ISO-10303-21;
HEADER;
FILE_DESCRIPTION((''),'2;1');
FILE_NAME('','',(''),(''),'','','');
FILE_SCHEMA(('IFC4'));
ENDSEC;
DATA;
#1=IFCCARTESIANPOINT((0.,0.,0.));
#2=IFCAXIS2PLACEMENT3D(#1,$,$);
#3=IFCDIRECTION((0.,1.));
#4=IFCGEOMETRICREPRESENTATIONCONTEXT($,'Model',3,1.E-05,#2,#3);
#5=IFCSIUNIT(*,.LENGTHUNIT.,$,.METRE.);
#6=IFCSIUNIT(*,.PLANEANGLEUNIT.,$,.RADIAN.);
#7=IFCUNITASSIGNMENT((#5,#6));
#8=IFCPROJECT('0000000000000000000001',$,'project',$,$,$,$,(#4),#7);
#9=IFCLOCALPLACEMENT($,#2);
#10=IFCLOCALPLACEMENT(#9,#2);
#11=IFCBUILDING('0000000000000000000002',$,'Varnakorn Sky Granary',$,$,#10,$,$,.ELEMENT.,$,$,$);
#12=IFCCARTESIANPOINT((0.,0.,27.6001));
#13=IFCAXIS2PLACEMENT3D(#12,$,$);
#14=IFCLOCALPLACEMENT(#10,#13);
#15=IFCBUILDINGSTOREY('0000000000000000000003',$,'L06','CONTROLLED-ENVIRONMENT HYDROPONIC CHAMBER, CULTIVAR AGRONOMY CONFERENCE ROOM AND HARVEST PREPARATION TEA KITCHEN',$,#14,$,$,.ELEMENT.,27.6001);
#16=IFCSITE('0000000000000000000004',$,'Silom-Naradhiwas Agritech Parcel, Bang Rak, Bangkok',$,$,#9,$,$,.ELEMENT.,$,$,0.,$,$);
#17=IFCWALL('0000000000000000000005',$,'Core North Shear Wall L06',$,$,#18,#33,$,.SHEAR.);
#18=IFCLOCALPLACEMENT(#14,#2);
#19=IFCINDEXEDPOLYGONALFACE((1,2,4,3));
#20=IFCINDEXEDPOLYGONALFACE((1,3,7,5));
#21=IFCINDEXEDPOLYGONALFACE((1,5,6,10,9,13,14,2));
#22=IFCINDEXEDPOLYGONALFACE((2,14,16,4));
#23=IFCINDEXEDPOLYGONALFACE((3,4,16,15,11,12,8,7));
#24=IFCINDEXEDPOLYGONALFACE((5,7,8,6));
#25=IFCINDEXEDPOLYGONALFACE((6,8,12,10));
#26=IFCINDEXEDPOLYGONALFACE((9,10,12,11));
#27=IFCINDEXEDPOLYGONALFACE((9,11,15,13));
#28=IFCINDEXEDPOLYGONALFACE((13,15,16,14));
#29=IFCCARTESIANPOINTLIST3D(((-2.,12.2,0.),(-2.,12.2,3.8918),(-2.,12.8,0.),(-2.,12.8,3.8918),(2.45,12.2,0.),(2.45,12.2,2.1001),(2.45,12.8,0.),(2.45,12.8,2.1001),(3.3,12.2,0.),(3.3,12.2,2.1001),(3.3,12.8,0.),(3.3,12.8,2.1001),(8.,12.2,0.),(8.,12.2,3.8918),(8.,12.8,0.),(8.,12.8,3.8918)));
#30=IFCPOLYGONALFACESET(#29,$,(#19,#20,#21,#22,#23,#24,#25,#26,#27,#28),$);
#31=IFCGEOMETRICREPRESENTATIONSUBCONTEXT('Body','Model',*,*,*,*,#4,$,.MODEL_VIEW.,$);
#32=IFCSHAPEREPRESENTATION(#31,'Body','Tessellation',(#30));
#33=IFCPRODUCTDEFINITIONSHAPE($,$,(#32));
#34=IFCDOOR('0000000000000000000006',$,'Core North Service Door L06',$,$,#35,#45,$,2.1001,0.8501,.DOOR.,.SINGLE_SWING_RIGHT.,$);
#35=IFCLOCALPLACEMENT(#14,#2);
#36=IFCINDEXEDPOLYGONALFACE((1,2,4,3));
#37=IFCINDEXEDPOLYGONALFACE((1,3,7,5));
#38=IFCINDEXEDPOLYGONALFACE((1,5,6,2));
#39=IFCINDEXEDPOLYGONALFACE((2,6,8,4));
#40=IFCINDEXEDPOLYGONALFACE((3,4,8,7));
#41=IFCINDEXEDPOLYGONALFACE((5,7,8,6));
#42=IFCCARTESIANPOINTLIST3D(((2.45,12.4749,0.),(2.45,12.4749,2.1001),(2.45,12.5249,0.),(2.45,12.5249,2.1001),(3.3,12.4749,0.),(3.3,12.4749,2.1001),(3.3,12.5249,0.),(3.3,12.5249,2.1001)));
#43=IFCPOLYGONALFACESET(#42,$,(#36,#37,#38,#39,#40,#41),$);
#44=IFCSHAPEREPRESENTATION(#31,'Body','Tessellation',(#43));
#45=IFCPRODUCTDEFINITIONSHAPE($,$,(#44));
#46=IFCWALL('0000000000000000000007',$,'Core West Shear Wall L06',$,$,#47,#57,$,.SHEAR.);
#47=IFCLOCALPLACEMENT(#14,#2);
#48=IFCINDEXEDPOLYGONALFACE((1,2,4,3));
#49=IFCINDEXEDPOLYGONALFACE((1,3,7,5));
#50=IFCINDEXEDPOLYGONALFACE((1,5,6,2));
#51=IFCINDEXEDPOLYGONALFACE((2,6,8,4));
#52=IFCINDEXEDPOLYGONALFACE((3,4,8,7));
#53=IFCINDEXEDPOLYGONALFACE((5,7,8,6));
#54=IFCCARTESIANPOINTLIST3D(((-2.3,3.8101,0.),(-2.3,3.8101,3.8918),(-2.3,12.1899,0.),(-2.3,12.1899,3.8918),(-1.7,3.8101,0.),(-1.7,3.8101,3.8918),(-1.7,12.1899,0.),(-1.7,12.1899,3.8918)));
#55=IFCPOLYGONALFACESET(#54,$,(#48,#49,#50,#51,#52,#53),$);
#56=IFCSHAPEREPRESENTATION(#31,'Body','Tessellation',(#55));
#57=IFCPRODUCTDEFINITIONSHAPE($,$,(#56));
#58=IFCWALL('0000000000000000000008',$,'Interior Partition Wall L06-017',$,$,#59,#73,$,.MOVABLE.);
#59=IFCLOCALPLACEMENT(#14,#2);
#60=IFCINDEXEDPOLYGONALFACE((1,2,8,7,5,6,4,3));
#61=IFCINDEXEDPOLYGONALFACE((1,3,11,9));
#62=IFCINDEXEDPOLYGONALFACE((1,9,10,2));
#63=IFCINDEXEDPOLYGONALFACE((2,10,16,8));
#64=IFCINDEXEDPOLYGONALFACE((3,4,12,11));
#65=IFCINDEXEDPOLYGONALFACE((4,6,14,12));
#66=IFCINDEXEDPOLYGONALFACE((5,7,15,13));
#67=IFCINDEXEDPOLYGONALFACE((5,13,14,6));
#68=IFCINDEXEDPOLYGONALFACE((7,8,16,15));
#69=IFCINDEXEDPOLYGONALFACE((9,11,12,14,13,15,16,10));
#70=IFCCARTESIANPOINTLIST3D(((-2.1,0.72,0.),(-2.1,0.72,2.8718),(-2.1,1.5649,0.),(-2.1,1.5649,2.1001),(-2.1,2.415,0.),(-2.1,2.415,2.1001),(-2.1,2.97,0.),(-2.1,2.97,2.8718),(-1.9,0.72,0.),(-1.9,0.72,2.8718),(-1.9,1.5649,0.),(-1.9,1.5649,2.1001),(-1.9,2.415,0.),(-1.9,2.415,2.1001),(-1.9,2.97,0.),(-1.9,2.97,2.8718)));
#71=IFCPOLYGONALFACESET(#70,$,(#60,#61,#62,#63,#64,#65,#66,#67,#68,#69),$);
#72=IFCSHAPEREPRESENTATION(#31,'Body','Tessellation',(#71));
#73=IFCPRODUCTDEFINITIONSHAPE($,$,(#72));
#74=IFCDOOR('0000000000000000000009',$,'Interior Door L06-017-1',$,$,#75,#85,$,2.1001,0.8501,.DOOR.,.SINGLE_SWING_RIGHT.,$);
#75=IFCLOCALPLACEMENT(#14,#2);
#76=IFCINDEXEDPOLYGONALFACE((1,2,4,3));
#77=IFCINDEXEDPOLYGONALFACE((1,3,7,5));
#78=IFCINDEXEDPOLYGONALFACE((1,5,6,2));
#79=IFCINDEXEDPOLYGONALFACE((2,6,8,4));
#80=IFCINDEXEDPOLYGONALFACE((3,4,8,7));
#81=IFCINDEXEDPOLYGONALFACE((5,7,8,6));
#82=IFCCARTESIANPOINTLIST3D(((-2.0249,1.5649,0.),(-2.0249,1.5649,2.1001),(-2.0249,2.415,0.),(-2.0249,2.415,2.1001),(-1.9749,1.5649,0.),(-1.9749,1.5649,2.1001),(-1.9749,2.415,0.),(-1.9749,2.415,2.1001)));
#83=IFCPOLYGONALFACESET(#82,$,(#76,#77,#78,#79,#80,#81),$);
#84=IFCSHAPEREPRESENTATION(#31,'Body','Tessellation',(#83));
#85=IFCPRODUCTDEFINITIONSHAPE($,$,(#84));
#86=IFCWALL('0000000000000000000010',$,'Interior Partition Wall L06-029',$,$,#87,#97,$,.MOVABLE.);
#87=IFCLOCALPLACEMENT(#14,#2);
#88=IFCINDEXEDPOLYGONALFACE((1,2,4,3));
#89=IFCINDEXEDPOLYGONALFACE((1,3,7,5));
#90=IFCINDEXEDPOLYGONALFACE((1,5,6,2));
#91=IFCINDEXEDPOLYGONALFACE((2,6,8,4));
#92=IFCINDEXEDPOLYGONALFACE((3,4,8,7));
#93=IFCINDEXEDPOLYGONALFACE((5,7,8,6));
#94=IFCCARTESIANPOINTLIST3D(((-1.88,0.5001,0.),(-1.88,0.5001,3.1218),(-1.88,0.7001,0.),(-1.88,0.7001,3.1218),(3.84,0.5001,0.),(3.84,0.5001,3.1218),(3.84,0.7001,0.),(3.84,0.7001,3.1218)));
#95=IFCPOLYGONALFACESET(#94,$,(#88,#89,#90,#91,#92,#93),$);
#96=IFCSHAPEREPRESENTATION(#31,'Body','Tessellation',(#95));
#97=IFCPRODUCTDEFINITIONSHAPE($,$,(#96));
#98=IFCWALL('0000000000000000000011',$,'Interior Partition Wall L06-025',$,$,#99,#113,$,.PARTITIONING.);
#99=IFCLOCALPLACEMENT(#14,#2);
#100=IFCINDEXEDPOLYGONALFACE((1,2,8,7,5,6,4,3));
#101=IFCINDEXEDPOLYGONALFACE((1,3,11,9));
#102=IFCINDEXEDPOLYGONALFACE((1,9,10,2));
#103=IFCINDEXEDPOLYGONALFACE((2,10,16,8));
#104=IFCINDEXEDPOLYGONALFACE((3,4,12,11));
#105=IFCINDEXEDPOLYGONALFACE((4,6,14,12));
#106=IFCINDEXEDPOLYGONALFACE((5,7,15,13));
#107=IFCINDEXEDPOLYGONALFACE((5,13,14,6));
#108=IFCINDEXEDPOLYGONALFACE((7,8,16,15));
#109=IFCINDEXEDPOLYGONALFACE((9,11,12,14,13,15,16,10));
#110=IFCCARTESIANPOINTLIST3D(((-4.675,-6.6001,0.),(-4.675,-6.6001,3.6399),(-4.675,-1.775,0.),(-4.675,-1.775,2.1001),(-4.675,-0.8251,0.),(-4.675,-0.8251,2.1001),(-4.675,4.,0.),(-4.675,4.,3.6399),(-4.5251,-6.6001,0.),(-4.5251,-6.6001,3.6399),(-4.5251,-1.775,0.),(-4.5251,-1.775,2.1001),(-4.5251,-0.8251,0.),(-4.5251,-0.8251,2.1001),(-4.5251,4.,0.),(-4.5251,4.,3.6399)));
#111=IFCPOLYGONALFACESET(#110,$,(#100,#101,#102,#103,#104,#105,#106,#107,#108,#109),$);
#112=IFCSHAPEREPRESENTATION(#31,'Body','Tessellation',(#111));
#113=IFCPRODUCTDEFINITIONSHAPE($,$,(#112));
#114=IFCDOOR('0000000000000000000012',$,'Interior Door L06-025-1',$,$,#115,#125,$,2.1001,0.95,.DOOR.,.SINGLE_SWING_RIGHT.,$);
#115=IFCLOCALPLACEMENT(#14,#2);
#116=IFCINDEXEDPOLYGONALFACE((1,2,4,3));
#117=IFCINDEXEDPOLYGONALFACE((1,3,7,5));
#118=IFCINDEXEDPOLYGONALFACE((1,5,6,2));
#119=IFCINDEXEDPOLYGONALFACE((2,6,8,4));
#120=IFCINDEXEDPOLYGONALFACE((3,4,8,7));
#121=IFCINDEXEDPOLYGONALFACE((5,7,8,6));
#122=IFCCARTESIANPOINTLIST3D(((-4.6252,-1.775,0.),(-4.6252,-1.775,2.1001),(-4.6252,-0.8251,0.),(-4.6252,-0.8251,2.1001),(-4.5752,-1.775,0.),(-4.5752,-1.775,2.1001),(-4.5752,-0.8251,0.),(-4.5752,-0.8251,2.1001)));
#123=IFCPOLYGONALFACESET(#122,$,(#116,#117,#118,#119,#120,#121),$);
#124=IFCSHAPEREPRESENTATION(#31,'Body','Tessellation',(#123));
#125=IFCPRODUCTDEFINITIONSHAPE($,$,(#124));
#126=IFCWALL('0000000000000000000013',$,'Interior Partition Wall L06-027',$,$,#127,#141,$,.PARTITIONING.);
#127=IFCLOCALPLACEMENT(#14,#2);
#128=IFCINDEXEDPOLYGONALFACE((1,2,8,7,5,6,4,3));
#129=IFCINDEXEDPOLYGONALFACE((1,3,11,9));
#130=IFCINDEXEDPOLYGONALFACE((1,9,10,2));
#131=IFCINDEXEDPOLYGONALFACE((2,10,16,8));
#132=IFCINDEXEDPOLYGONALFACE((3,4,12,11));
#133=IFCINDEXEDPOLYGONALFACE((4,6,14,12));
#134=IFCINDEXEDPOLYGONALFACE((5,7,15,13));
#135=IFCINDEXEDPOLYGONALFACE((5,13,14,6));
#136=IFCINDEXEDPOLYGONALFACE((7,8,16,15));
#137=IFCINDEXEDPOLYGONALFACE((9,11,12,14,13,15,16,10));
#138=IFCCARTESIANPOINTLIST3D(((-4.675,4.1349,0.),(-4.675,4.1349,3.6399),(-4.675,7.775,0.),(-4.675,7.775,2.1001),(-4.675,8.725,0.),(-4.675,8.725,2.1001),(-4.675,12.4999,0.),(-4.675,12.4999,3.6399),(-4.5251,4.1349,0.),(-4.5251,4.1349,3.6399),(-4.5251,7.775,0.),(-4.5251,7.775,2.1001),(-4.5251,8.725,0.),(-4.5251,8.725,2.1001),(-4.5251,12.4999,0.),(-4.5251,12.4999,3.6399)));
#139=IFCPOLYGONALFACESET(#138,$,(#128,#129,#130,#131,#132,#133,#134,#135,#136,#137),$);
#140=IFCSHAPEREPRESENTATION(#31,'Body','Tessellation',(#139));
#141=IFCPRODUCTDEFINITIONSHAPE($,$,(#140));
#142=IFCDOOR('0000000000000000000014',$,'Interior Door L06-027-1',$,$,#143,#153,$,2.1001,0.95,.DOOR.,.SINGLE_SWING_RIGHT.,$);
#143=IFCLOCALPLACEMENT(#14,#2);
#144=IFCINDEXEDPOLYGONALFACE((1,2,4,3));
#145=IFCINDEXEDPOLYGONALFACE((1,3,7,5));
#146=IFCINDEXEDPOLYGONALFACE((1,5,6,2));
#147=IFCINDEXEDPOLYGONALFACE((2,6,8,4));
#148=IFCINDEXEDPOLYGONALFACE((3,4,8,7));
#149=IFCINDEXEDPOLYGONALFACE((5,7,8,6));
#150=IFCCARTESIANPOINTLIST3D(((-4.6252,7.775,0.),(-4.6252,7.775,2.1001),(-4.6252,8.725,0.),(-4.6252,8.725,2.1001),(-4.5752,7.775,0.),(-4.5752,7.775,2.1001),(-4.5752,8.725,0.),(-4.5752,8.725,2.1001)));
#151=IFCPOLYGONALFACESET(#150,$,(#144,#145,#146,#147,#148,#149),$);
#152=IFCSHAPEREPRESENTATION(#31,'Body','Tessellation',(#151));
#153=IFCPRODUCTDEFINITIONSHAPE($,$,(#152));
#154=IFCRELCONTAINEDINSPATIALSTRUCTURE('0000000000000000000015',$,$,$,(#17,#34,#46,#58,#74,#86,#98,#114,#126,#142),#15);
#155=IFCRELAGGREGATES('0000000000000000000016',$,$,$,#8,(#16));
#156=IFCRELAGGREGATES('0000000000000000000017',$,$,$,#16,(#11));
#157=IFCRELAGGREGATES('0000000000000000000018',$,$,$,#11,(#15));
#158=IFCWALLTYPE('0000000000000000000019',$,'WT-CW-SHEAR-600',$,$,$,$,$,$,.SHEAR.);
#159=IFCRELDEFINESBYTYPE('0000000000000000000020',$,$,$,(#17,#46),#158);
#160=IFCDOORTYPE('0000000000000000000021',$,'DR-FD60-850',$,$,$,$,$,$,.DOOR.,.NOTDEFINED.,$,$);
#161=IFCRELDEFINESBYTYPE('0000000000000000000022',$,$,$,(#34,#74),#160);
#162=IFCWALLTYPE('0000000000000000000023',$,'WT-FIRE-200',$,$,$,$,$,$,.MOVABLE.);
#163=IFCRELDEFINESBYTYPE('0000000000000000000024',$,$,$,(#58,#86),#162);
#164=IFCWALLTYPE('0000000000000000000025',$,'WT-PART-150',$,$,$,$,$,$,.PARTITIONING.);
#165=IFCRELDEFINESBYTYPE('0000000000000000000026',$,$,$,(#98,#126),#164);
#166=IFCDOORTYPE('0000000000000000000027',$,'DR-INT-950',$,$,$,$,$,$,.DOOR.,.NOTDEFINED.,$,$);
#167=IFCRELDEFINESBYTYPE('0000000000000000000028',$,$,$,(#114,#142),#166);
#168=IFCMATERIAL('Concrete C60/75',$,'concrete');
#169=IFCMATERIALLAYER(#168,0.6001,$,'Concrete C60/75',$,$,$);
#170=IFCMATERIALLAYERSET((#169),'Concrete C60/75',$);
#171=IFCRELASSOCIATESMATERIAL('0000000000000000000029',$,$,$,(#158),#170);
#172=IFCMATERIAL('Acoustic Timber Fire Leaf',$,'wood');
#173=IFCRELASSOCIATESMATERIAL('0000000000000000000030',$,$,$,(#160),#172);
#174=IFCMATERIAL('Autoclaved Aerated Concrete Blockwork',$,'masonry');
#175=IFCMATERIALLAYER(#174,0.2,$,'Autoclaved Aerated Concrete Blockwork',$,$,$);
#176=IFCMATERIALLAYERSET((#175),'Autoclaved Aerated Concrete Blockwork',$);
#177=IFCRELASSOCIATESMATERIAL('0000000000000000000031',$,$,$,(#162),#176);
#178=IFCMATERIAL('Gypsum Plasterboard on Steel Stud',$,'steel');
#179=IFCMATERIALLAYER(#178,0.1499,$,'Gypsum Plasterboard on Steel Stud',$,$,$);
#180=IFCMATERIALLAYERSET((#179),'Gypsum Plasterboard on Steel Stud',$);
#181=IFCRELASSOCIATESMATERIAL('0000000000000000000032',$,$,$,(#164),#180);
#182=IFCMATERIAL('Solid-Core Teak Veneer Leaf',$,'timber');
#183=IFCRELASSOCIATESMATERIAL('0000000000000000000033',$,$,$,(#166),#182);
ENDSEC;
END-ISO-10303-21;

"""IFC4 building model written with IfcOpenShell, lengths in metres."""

from ifc_helpers import new_model, si_unit, direction, frame, frame_2d, origin, place, context, subcontext, project, spatial, rectangle, extrude, material, layer, layer_set, type_object, element, fill, save


model = new_model("IFC4")

# Units and contexts
model_context = context("Model", 3, precision=1e-05, world=origin(), true_north=direction((0.0, 1.0)))
body_context = subcontext(model_context, "Body", "Model", "MODEL_VIEW")
ifc_project = project(units=[si_unit("LENGTHUNIT", "METRE"), si_unit("PLANEANGLEUNIT", "RADIAN")], contexts=[model_context])

# Site, building, storey
site_placement = place(None, origin())
site = spatial("IfcSite", under=ifc_project, at=site_placement, Name="Silom-Naradhiwas Agritech Parcel, Bang Rak, Bangkok", CompositionType="ELEMENT", RefElevation=0.0)
building_placement = place(site_placement, origin())
building = spatial("IfcBuilding", under=site, at=building_placement, Name="Varnakorn Sky Granary", CompositionType="ELEMENT")
storey_placement = place(building_placement, frame((0.0, 0.0, 27.6001)))
storey = spatial("IfcBuildingStorey", under=building, at=storey_placement, Name="L06", Description="CONTROLLED-ENVIRONMENT HYDROPONIC CHAMBER, CULTIVAR AGRONOMY CONFERENCE ROOM AND HARVEST PREPARATION TEA KITCHEN", CompositionType="ELEMENT", Elevation=27.6001)

# Shared definitions
ifc_material_1 = material(Name="Concrete C60/75", Category="concrete")

# Shared definitions
ifc_layer_1 = layer(ifc_material_1, 0.6001, Name="Concrete C60/75")
ifc_layer_set_1 = layer_set([ifc_layer_1], Name="Concrete C60/75")
wall_type_1 = type_object("IfcWallType", Name="WT-CW-SHEAR-600", PredefinedType="SHEAR", material=ifc_layer_set_1)

# Wall, opening, door
wall_1_placement = place(storey_placement, frame((-2.0, 12.5, 0.0), z_axis=(0.0, 0.0, 1.0), x_axis=(1.0, 0.0, 0.0)))
wall_1 = element("IfcWall", 1, at=wall_1_placement, inside=storey, type_object=wall_type_1, Name="Core North Shear Wall L06", PredefinedType="SHEAR", context=body_context, shape_type="SweptSolid", body=[
    extrude(rectangle(XDim=10.0, YDim=0.6001, at=frame_2d((5.0, 0.0))), origin(), (0.0, 0.0, 1.0), 3.8918),
])
opening_1_placement = place(wall_1_placement, frame((4.45, 0.0, 0.0)))
opening_1 = element("IfcOpeningElement", 2, at=opening_1_placement, cuts=wall_1, PredefinedType="OPENING", context=body_context, shape_type="SweptSolid", body=[
    extrude(rectangle(XDim=0.8501, YDim=2.1001, at=frame_2d((0.425, 1.05))), frame((0.0, 0.3101, 0.0), z_axis=(0.0, -1.0, 0.0), x_axis=(1.0, 0.0, 0.0)), (0.0, 0.0, 1.0), 0.6201),
])
ifc_material_2 = material(Name="Acoustic Timber Fire Leaf", Category="wood")
door_type_1 = type_object("IfcDoorType", Name="DR-FD60-850", OperationType="NOTDEFINED", PredefinedType="DOOR", material=ifc_material_2)
door_1_placement = place(opening_1_placement, origin())
door_1 = element("IfcDoor", 3, at=door_1_placement, inside=storey, type_object=door_type_1, Name="Core North Service Door L06", OperationType="SINGLE_SWING_RIGHT", OverallHeight=2.1001, OverallWidth=0.8501, PredefinedType="DOOR", context=body_context, shape_type="SweptSolid", body=[
    extrude(rectangle(XDim=0.8501, YDim=2.1001, at=frame_2d((0.425, 1.05))), frame((0.0, 0.0249, 0.0), z_axis=(0.0, -1.0, 0.0), x_axis=(1.0, 0.0, 0.0)), (0.0, 0.0, 1.0), 0.05),
])
fill(opening_1, door_1)

# Wall
wall_2_placement = place(storey_placement, frame((-2.0, 3.8101, 0.0), z_axis=(0.0, 0.0, 1.0), x_axis=(0.0, 1.0, 0.0)))
element("IfcWall", 4, at=wall_2_placement, inside=storey, type_object=wall_type_1, Name="Core West Shear Wall L06", PredefinedType="SHEAR", context=body_context, shape_type="SweptSolid", body=[
    extrude(rectangle(XDim=8.3799, YDim=0.6001, at=frame_2d((4.1899, 0.0))), origin(), (0.0, 0.0, 1.0), 3.8918),
])

# Wall, opening, door
ifc_material_3 = material(Name="Autoclaved Aerated Concrete Blockwork", Category="masonry")
ifc_layer_2 = layer(ifc_material_3, 0.2, Name="Autoclaved Aerated Concrete Blockwork")
ifc_layer_set_2 = layer_set([ifc_layer_2], Name="Autoclaved Aerated Concrete Blockwork")
wall_type_2 = type_object("IfcWallType", Name="WT-FIRE-200", PredefinedType="MOVABLE", material=ifc_layer_set_2)
wall_3_placement = place(storey_placement, frame((-2.0, 0.72, 0.0), z_axis=(0.0, 0.0, 1.0), x_axis=(0.0, 1.0, 0.0)))
wall_3 = element("IfcWall", 5, at=wall_3_placement, inside=storey, type_object=wall_type_2, Name="Interior Partition Wall L06-017", PredefinedType="MOVABLE", context=body_context, shape_type="SweptSolid", body=[
    extrude(rectangle(XDim=2.25, YDim=0.2, at=frame_2d((1.125, 0.0))), origin(), (0.0, 0.0, 1.0), 2.8718),
])
opening_2_placement = place(wall_3_placement, frame((0.845, 0.0, 0.0)))
opening_2 = element("IfcOpeningElement", 6, at=opening_2_placement, cuts=wall_3, PredefinedType="OPENING", context=body_context, shape_type="SweptSolid", body=[
    extrude(rectangle(XDim=0.8501, YDim=2.1001, at=frame_2d((0.425, 1.05))), frame((0.0, 0.1099, 0.0), z_axis=(0.0, -1.0, 0.0), x_axis=(1.0, 0.0, 0.0)), (0.0, 0.0, 1.0), 0.22),
])
door_2_placement = place(opening_2_placement, origin())
door_2 = element("IfcDoor", 7, at=door_2_placement, inside=storey, type_object=door_type_1, Name="Interior Door L06-017-1", OperationType="SINGLE_SWING_RIGHT", OverallHeight=2.1001, OverallWidth=0.8501, PredefinedType="DOOR", context=body_context, shape_type="SweptSolid", body=[
    extrude(rectangle(XDim=0.8501, YDim=2.1001, at=frame_2d((0.425, 1.05))), frame((0.0, 0.0249, 0.0), z_axis=(0.0, -1.0, 0.0), x_axis=(1.0, 0.0, 0.0)), (0.0, 0.0, 1.0), 0.05),
])
fill(opening_2, door_2)

# Wall
wall_4_placement = place(storey_placement, frame((-1.8799, 0.6001, 0.0), z_axis=(0.0, 0.0, 1.0), x_axis=(1.0, 0.0, 0.0)))
element("IfcWall", 8, at=wall_4_placement, inside=storey, type_object=wall_type_2, Name="Interior Partition Wall L06-029", PredefinedType="MOVABLE", context=body_context, shape_type="SweptSolid", body=[
    extrude(rectangle(XDim=5.72, YDim=0.2, at=frame_2d((2.8599, 0.0))), origin(), (0.0, 0.0, 1.0), 3.1218),
])

# Walls, openings, doors
ifc_material_4 = material(Name="Gypsum Plasterboard on Steel Stud", Category="steel")
ifc_layer_3 = layer(ifc_material_4, 0.1499, Name="Gypsum Plasterboard on Steel Stud")
ifc_layer_set_3 = layer_set([ifc_layer_3], Name="Gypsum Plasterboard on Steel Stud")
wall_type_3 = type_object("IfcWallType", Name="WT-PART-150", PredefinedType="PARTITIONING", material=ifc_layer_set_3)
wall_5_placement = place(storey_placement, frame((-4.6001, 4.0, 0.0), z_axis=(0.0, 0.0, 1.0), x_axis=(0.0, -1.0, 0.0)))
wall_5 = element("IfcWall", 9, at=wall_5_placement, inside=storey, type_object=wall_type_3, Name="Interior Partition Wall L06-025", PredefinedType="PARTITIONING", context=body_context, shape_type="SweptSolid", body=[
    extrude(rectangle(XDim=10.6001, YDim=0.1499, at=frame_2d((5.3, 0.0))), origin(), (0.0, 0.0, 1.0), 3.6399),
])
opening_3_placement = place(wall_5_placement, frame((4.825, 0.0, 0.0)))
opening_3 = element("IfcOpeningElement", 10, at=opening_3_placement, cuts=wall_5, PredefinedType="OPENING", context=body_context, shape_type="SweptSolid", body=[
    extrude(rectangle(XDim=0.95, YDim=2.1001, at=frame_2d((0.4751, 1.05))), frame((0.0, 0.085, 0.0), z_axis=(0.0, -1.0, 0.0), x_axis=(1.0, 0.0, 0.0)), (0.0, 0.0, 1.0), 0.1699),
])
ifc_material_5 = material(Name="Solid-Core Teak Veneer Leaf", Category="timber")
door_type_2 = type_object("IfcDoorType", Name="DR-INT-950", OperationType="NOTDEFINED", PredefinedType="DOOR", material=ifc_material_5)
door_3_placement = place(opening_3_placement, origin())
door_3 = element("IfcDoor", 11, at=door_3_placement, inside=storey, type_object=door_type_2, Name="Interior Door L06-025-1", OperationType="SINGLE_SWING_RIGHT", OverallHeight=2.1001, OverallWidth=0.95, PredefinedType="DOOR", context=body_context, shape_type="SweptSolid", body=[
    extrude(rectangle(XDim=0.95, YDim=2.1001, at=frame_2d((0.4751, 1.05))), frame((0.0, 0.0249, 0.0), z_axis=(0.0, -1.0, 0.0), x_axis=(1.0, 0.0, 0.0)), (0.0, 0.0, 1.0), 0.05),
])
fill(opening_3, door_3)
wall_6_placement = place(storey_placement, frame((-4.6001, 12.5, 0.0), z_axis=(0.0, 0.0, 1.0), x_axis=(0.0, -1.0, 0.0)))
wall_6 = element("IfcWall", 12, at=wall_6_placement, inside=storey, type_object=wall_type_3, Name="Interior Partition Wall L06-027", PredefinedType="PARTITIONING", context=body_context, shape_type="SweptSolid", body=[
    extrude(rectangle(XDim=8.365, YDim=0.1499, at=frame_2d((4.1826, 0.0))), origin(), (0.0, 0.0, 1.0), 3.6399),
])
opening_4_placement = place(wall_6_placement, frame((3.7749, 0.0, 0.0)))
opening_4 = element("IfcOpeningElement", 13, at=opening_4_placement, cuts=wall_6, PredefinedType="OPENING", context=body_context, shape_type="SweptSolid", body=[
    extrude(rectangle(XDim=0.95, YDim=2.1001, at=frame_2d((0.4751, 1.05))), frame((0.0, 0.085, 0.0), z_axis=(0.0, -1.0, 0.0), x_axis=(1.0, 0.0, 0.0)), (0.0, 0.0, 1.0), 0.1699),
])
door_4_placement = place(opening_4_placement, origin())
door_4 = element("IfcDoor", 14, at=door_4_placement, inside=storey, type_object=door_type_2, Name="Interior Door L06-027-1", OperationType="SINGLE_SWING_RIGHT", OverallHeight=2.1001, OverallWidth=0.95, PredefinedType="DOOR", context=body_context, shape_type="SweptSolid", body=[
    extrude(rectangle(XDim=0.95, YDim=2.1001, at=frame_2d((0.4751, 1.05))), frame((0.0, 0.0249, 0.0), z_axis=(0.0, -1.0, 0.0), x_axis=(1.0, 0.0, 0.0)), (0.0, 0.0, 1.0), 0.05),
])
fill(opening_4, door_4)

save(model, "model.ifc")
